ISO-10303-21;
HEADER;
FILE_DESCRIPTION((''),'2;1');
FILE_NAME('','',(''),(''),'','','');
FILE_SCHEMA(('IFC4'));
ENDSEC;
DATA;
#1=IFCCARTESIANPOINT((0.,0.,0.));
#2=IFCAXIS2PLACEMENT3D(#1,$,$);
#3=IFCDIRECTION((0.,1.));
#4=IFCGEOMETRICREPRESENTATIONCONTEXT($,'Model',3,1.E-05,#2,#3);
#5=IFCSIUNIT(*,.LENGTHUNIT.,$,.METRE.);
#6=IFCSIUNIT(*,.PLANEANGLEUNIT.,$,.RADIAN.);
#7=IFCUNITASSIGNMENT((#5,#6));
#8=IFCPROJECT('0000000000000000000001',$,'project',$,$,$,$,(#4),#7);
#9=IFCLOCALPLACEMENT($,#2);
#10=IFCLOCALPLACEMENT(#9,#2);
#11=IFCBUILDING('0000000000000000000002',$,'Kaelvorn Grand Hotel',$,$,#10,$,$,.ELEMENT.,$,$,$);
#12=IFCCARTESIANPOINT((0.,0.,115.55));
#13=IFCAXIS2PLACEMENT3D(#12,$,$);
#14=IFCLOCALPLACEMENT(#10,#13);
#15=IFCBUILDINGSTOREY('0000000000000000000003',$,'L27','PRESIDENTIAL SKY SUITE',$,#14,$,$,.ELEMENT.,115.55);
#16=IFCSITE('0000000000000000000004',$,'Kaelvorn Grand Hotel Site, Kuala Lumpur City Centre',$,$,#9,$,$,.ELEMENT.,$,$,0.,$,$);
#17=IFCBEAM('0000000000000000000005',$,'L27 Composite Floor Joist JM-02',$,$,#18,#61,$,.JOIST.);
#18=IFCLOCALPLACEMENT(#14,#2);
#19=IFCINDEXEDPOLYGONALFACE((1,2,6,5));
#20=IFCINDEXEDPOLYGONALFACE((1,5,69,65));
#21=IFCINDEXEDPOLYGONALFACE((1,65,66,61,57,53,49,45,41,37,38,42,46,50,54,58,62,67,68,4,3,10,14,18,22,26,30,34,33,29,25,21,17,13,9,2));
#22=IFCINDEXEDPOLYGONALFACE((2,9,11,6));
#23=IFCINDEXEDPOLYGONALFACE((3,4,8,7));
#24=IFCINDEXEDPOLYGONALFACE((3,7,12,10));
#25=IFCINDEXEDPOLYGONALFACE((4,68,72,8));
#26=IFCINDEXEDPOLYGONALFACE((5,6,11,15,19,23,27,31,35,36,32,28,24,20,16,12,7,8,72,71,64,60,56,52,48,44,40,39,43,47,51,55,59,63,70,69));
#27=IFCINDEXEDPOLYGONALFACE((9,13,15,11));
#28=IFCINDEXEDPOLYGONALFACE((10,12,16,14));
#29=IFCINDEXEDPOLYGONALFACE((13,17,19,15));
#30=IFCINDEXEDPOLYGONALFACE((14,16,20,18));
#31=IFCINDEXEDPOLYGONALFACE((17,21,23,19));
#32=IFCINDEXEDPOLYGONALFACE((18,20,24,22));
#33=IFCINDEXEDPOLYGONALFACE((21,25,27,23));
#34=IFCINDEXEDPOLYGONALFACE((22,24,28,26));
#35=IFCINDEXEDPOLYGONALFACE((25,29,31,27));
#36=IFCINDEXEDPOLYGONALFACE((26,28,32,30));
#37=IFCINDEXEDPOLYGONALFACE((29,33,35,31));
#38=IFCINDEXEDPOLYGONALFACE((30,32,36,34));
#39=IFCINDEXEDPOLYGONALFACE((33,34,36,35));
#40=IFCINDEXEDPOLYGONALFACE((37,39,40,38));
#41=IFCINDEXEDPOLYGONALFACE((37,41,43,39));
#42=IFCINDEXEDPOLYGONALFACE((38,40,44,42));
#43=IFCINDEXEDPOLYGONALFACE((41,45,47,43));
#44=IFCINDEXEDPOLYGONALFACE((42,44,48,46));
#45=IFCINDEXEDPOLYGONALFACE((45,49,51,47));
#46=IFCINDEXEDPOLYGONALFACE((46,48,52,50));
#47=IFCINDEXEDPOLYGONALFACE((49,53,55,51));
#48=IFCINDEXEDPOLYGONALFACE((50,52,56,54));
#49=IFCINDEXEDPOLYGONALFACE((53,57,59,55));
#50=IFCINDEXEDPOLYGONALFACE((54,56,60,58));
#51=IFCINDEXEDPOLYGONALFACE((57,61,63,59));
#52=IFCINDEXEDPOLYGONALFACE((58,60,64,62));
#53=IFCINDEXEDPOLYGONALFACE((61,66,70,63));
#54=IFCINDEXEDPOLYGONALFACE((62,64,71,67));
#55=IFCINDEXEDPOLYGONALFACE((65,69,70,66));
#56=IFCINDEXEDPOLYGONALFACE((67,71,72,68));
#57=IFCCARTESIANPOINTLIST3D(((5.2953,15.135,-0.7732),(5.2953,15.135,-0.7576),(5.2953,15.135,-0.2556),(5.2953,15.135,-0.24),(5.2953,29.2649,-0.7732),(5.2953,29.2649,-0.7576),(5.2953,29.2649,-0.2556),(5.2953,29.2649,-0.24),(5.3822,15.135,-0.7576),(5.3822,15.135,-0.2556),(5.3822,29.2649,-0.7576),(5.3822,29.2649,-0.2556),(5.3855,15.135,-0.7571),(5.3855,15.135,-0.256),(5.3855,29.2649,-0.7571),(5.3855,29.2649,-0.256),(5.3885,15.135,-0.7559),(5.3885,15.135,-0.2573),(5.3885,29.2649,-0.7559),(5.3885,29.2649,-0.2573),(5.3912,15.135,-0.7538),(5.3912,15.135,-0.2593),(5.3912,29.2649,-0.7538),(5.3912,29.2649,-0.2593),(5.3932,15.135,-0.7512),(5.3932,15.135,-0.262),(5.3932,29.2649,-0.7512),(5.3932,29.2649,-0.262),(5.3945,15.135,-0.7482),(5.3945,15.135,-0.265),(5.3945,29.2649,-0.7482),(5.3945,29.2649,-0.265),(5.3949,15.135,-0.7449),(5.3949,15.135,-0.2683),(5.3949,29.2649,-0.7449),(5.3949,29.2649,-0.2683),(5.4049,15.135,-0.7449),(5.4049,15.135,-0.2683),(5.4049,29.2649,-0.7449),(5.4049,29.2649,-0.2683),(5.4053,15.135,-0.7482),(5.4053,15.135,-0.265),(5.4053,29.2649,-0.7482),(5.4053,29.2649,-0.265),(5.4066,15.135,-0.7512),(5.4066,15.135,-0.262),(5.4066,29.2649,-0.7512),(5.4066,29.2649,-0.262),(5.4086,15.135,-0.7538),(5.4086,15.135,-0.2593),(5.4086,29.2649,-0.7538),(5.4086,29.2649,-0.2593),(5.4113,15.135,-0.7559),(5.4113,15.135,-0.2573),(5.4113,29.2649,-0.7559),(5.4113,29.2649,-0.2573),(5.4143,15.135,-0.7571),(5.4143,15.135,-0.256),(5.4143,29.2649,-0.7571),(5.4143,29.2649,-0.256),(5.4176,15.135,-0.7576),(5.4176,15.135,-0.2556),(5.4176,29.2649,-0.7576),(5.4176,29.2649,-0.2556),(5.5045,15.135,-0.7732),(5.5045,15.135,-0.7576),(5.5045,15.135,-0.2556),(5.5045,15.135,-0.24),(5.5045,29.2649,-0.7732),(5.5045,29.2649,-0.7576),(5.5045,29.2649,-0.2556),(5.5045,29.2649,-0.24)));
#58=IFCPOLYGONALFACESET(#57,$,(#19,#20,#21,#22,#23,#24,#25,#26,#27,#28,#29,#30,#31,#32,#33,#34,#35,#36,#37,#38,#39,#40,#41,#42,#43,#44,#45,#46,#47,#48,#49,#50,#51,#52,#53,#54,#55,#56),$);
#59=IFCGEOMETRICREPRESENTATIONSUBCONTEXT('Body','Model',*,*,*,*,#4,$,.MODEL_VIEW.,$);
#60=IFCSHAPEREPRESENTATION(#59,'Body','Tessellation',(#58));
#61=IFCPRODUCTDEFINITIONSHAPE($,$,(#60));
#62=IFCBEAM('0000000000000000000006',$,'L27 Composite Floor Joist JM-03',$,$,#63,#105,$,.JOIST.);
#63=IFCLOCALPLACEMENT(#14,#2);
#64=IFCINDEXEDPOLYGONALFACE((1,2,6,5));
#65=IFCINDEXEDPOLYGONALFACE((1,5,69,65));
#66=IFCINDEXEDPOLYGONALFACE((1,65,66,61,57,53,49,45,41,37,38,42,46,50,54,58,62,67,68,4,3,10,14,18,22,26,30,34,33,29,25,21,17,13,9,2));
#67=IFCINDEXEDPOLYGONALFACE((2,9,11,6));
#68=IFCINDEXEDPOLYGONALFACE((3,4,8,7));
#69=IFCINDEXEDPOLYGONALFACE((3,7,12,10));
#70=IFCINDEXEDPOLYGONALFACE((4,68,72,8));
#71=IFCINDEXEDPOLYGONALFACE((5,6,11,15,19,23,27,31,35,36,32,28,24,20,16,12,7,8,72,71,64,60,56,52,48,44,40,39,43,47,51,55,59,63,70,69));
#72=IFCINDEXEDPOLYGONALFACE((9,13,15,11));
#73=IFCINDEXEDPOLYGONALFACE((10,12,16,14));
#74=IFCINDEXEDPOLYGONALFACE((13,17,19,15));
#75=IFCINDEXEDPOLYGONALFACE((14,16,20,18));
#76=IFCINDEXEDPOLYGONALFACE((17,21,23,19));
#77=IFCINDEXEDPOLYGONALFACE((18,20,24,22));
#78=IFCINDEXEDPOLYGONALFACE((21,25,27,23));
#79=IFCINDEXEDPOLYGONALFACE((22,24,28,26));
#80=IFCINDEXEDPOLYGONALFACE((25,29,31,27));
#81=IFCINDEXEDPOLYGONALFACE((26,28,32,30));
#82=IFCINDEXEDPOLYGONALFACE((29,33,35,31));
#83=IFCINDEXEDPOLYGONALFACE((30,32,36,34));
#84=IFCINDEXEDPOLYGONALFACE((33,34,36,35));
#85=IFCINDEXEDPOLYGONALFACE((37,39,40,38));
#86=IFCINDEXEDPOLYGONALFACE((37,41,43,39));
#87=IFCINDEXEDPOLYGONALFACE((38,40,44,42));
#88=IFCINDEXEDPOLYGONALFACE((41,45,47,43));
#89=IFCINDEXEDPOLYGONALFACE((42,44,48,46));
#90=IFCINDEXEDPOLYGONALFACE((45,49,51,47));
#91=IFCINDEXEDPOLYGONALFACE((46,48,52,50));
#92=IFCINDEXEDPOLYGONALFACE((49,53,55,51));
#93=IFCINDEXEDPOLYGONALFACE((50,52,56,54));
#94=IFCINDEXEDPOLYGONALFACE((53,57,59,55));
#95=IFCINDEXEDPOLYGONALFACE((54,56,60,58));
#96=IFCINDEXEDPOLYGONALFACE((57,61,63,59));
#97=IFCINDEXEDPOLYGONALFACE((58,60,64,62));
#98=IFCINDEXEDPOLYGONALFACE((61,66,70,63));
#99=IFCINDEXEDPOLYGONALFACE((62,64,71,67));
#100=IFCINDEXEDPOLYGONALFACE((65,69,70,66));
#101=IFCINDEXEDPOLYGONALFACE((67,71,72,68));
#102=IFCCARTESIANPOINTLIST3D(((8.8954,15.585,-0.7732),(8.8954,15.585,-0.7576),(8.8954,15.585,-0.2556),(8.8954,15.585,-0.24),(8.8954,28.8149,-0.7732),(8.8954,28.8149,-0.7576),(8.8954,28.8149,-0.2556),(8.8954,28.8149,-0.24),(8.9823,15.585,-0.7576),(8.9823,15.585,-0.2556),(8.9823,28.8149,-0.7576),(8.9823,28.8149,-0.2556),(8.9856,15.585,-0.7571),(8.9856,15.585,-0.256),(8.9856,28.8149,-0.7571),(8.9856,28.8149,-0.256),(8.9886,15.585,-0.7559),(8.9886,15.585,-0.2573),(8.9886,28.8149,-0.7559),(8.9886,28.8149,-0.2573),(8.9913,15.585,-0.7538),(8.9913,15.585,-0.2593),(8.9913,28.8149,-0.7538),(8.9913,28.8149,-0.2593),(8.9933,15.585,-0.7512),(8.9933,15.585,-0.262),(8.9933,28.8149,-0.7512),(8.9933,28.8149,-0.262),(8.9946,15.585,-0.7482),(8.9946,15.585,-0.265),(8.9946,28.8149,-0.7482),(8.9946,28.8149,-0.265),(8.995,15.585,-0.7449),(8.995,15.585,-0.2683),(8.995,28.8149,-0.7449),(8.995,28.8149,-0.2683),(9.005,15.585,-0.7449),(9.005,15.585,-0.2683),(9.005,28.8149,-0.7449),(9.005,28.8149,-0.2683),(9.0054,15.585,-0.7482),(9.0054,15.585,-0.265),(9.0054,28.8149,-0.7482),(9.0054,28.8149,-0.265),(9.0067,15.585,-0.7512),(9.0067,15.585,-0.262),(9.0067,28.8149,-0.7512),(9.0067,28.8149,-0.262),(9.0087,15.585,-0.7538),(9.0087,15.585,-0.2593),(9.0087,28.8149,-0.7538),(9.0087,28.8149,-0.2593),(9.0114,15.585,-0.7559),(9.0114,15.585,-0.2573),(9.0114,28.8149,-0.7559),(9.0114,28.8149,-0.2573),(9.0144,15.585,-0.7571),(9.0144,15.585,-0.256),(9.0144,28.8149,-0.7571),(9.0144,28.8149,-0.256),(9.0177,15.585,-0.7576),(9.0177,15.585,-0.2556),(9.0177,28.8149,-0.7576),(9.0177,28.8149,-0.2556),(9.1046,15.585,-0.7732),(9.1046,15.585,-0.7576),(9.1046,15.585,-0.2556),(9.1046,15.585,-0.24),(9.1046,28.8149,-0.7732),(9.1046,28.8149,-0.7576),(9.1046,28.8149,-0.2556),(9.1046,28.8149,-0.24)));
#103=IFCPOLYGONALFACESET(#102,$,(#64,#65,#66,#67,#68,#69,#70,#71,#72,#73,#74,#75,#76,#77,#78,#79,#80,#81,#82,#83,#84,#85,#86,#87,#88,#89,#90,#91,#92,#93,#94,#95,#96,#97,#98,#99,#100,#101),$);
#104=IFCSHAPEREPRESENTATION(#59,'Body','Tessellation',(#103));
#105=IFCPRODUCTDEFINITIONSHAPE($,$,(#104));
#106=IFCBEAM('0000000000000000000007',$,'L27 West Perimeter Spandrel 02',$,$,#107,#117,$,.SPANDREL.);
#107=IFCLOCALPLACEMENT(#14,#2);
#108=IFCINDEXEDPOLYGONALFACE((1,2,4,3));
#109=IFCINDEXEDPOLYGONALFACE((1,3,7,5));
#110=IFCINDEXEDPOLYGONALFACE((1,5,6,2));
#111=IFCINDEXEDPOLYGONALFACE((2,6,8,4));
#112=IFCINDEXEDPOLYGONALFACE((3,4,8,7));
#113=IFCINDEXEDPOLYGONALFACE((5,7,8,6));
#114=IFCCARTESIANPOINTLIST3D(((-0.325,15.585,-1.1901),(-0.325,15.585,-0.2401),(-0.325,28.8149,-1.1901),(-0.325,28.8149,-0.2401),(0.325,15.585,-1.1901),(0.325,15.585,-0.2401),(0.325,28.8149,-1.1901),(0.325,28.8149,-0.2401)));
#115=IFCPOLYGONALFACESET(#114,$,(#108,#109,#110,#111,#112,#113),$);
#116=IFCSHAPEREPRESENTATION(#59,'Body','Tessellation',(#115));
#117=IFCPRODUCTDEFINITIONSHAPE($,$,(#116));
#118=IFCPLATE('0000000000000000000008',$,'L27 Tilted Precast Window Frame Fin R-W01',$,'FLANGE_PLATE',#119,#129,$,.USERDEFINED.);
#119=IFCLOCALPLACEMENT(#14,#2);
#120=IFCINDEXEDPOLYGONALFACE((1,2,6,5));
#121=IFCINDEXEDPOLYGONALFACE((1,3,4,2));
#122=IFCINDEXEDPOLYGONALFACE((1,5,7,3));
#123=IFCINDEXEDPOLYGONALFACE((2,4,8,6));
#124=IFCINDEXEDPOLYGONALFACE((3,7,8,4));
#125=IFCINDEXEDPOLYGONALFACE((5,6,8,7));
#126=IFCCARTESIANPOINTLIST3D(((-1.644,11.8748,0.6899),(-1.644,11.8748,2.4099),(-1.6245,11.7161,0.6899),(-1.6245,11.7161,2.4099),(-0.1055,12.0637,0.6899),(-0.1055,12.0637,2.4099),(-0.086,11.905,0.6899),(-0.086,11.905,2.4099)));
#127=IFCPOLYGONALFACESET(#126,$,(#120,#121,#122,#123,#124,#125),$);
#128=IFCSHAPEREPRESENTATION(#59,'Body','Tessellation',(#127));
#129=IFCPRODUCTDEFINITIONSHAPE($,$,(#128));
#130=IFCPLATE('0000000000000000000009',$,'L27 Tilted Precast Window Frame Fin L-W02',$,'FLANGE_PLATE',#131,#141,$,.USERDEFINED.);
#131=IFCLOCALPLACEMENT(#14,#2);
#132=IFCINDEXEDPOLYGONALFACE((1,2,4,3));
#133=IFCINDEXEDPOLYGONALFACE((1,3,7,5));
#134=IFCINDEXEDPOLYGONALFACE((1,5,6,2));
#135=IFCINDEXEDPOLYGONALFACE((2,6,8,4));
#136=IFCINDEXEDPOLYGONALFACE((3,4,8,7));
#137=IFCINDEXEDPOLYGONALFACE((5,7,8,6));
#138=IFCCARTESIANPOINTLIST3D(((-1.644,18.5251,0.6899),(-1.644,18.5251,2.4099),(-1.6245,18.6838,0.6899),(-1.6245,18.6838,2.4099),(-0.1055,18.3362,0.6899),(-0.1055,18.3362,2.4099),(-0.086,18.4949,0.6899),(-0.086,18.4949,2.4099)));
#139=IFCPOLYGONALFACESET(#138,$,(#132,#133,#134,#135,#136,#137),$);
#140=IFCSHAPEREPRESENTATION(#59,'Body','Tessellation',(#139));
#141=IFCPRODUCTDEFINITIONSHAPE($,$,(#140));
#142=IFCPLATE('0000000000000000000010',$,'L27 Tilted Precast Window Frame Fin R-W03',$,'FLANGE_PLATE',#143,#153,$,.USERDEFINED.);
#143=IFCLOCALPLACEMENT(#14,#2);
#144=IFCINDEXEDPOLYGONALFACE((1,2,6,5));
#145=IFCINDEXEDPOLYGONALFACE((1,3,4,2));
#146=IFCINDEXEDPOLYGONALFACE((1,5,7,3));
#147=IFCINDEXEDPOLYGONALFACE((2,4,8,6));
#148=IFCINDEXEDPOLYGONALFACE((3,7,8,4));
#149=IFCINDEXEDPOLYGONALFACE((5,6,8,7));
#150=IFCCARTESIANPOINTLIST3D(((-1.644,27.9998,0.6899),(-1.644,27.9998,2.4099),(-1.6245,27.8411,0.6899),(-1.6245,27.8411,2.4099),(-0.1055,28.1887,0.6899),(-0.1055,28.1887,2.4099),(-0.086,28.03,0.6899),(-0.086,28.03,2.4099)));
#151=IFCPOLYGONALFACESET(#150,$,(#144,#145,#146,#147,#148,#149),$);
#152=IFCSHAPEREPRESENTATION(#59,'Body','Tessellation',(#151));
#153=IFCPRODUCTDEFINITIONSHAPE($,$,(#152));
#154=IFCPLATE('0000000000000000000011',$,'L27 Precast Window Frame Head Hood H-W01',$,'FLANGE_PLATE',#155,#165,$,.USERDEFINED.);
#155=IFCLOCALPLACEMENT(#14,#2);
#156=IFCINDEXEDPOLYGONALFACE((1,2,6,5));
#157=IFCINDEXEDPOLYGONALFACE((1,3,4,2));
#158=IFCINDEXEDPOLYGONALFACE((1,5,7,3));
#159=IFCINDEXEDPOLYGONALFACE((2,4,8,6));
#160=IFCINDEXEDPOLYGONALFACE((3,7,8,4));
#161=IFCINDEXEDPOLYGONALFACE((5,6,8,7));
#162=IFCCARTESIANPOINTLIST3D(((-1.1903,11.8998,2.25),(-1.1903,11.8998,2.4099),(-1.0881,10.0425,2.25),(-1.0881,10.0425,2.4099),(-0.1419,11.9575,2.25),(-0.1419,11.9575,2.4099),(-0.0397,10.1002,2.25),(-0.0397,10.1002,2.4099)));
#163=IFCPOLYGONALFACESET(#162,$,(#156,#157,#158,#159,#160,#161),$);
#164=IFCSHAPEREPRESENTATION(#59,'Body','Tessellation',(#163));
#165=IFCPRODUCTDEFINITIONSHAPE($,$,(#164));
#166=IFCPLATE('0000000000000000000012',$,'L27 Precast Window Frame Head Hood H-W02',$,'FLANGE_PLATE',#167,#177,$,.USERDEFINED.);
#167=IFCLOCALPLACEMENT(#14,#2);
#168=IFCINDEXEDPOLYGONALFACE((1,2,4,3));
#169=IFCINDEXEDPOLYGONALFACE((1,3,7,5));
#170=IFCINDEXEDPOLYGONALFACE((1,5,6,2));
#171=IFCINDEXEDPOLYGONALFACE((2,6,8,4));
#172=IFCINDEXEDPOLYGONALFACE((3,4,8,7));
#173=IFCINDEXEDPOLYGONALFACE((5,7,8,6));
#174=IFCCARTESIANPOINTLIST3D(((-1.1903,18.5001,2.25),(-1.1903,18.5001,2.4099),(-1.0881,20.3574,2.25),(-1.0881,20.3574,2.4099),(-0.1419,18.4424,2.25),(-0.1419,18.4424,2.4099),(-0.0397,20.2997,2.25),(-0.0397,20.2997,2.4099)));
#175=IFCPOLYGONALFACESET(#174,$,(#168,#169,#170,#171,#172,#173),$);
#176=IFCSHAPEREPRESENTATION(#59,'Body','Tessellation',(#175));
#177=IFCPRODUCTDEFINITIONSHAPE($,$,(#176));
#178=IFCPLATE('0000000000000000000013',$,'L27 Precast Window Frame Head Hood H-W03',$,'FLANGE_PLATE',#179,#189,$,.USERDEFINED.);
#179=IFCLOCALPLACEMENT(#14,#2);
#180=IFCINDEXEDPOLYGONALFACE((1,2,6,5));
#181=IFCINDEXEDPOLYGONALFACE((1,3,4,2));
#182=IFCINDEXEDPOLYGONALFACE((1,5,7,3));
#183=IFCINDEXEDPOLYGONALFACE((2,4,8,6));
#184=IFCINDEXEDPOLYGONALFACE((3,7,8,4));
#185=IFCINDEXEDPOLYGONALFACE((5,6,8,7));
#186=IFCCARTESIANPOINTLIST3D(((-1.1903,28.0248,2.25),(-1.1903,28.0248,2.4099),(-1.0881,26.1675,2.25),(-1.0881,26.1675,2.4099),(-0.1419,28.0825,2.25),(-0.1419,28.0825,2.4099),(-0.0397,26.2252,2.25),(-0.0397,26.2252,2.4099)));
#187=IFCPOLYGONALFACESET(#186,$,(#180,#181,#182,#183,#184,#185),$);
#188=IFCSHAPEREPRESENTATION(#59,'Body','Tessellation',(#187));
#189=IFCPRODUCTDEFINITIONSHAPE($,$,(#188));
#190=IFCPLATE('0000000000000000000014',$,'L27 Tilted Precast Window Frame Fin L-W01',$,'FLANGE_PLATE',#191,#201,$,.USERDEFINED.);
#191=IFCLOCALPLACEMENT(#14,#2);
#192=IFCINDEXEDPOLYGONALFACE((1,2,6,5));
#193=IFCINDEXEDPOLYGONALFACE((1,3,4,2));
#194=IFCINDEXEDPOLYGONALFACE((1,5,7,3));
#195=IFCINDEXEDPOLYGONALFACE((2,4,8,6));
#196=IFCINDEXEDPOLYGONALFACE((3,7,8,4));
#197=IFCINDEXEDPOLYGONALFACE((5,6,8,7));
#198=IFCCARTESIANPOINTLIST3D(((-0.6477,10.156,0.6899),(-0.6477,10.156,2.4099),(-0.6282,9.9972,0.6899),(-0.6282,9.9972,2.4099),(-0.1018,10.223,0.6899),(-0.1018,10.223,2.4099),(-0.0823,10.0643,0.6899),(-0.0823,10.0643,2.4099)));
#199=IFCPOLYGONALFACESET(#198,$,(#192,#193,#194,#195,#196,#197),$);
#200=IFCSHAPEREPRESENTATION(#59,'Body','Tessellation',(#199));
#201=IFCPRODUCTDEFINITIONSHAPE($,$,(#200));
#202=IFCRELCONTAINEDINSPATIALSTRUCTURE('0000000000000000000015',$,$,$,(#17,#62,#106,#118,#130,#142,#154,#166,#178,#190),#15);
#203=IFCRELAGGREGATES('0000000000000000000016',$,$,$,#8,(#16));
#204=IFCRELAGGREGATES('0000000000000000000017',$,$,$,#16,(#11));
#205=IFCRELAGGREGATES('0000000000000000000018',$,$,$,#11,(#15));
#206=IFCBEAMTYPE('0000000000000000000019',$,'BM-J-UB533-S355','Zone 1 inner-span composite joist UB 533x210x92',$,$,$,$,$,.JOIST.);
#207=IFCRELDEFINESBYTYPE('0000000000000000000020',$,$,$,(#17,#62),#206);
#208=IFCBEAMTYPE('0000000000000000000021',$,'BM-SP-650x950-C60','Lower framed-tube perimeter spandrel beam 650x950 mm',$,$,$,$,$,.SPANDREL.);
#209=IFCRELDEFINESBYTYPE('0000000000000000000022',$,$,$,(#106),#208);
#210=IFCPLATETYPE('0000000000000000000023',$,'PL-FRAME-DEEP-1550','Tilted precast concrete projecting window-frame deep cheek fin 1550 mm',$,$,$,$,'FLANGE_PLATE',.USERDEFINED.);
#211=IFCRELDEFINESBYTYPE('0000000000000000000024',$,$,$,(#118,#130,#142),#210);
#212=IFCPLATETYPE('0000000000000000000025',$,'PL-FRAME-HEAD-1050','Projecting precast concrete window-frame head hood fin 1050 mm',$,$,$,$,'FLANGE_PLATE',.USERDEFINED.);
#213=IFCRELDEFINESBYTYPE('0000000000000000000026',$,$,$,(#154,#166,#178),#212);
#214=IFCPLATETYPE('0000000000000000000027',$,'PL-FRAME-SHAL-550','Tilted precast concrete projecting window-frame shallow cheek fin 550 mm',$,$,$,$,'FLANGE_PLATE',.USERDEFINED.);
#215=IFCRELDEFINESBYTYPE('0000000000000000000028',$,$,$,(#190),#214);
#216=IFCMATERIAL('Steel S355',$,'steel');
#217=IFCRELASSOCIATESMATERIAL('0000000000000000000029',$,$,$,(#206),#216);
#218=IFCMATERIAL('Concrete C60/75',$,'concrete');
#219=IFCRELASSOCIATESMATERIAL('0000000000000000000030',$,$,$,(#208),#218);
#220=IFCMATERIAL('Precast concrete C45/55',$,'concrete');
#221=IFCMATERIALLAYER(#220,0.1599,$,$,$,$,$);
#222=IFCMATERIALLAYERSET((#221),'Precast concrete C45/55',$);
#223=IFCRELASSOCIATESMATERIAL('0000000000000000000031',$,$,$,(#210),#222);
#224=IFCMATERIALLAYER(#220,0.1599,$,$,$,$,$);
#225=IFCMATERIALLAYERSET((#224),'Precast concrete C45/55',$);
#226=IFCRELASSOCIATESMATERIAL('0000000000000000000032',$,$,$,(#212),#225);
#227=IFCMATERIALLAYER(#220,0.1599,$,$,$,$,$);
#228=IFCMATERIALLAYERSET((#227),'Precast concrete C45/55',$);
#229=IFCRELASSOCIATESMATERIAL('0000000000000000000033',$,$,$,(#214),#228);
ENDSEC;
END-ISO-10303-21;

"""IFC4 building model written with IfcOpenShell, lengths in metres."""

from ifc_helpers import new_model, si_unit, direction, frame, origin, origin_2d, place, context, subcontext, project, spatial, rectangle, i_section, extrude, material, layer, layer_set, material_profile, profile_set, type_object, element, save


model = new_model("IFC4")

# Units and contexts
model_context = context("Model", 3, precision=1e-05, world=origin(), true_north=direction((0.0, 1.0)))
body_context = subcontext(model_context, "Body", "Model", "MODEL_VIEW")
ifc_project = project(units=[si_unit("LENGTHUNIT", "METRE"), si_unit("PLANEANGLEUNIT", "RADIAN")], contexts=[model_context])

# Site, building, storey
site_placement = place(None, origin())
site = spatial("IfcSite", under=ifc_project, at=site_placement, Name="Kaelvorn Grand Hotel Site, Kuala Lumpur City Centre", CompositionType="ELEMENT", RefElevation=0.0)
building_placement = place(site_placement, origin())
building = spatial("IfcBuilding", under=site, at=building_placement, Name="Kaelvorn Grand Hotel", CompositionType="ELEMENT")
storey_placement = place(building_placement, frame((0.0, 0.0, 115.55)))
storey = spatial("IfcBuildingStorey", under=building, at=storey_placement, Name="L27", Description="PRESIDENTIAL SKY SUITE", CompositionType="ELEMENT", Elevation=115.55)

# Shared definitions
ifc_material_1 = material(Name="Concrete C60/75", Category="concrete")

# Beams
ifc_material_2 = material(Name="Steel S355", Category="steel")
ifc_material_profile_1 = material_profile(ifc_material_2, i_section(OverallWidth=0.2092, OverallDepth=0.5332, WebThickness=0.01, FlangeThickness=0.0156, FilletRadius=0.0127, at=origin_2d()), Name="UB 533x210x92")
ifc_profile_set_1 = profile_set([ifc_material_profile_1], Name="Steel S355")
beam_type_1 = type_object("IfcBeamType", Name="BM-J-UB533-S355", Description="Zone 1 inner-span composite joist UB 533x210x92", PredefinedType="JOIST", material=ifc_profile_set_1)
beam_1_placement = place(storey_placement, frame((5.3999, 15.135, -0.5066), z_axis=(0.0, 1.0, 0.0), x_axis=(-1.0, 0.0, 0.0)))
element("IfcBeam", 1, at=beam_1_placement, inside=storey, type_object=beam_type_1, Name="L27 Composite Floor Joist JM-02", PredefinedType="JOIST", context=body_context, shape_type="SweptSolid", body=[
    extrude(i_section(OverallWidth=0.2092, OverallDepth=0.5332, WebThickness=0.01, FlangeThickness=0.0156, FilletRadius=0.0127, at=origin_2d()), origin(), (0.0, 0.0, 1.0), 14.1299),
])
beam_2_placement = place(storey_placement, frame((9.0, 15.585, -0.5066), z_axis=(0.0, 1.0, 0.0), x_axis=(-1.0, 0.0, 0.0)))
element("IfcBeam", 2, at=beam_2_placement, inside=storey, type_object=beam_type_1, Name="L27 Composite Floor Joist JM-03", PredefinedType="JOIST", context=body_context, shape_type="SweptSolid", body=[
    extrude(i_section(OverallWidth=0.2092, OverallDepth=0.5332, WebThickness=0.01, FlangeThickness=0.0156, FilletRadius=0.0127, at=origin_2d()), origin(), (0.0, 0.0, 1.0), 13.23),
])
ifc_material_profile_2 = material_profile(ifc_material_1, rectangle(XDim=0.6499, YDim=0.95, at=origin_2d()), Name="RC SPANDREL 650x950")
ifc_profile_set_2 = profile_set([ifc_material_profile_2], Name="Concrete C60/75")
beam_type_2 = type_object("IfcBeamType", Name="BM-SP-650x950-C60", Description="Lower framed-tube perimeter spandrel beam 650x950 mm", PredefinedType="SPANDREL", material=ifc_profile_set_2)
beam_3_placement = place(storey_placement, frame((0.0, 15.585, -0.7151), z_axis=(0.0, 1.0, 0.0), x_axis=(-1.0, 0.0, 0.0)))
element("IfcBeam", 3, at=beam_3_placement, inside=storey, type_object=beam_type_2, Name="L27 West Perimeter Spandrel 02", PredefinedType="SPANDREL", context=body_context, shape_type="SweptSolid", body=[
    extrude(rectangle(XDim=0.6499, YDim=0.95, at=origin_2d()), origin(), (0.0, 0.0, 1.0), 13.23),
])

# Plates
ifc_material_3 = material(Name="Precast concrete C45/55", Category="concrete")
ifc_layer_1 = layer(ifc_material_3, 0.1599)
ifc_layer_set_1 = layer_set([ifc_layer_1], Name="Precast concrete C45/55")
plate_type_1 = type_object("IfcPlateType", Name="PL-FRAME-DEEP-1550", Description="Tilted precast concrete projecting window-frame deep cheek fin 1550 mm", ElementType="FLANGE_PLATE", PredefinedType="USERDEFINED", material=ifc_layer_set_1)
for number, where, z_axis, x_axis, name in (
    (4, (-0.865, 11.8899, 0.6899), (0.0, 0.0, 1.0), (-0.121869, 0.992546, 0.0), "L27 Tilted Precast Window Frame Fin R-W01"),
    (5, (-0.865, 18.51, 0.6899), (0.0, 0.0, 1.0), (0.121869, 0.992546, 0.0), "L27 Tilted Precast Window Frame Fin L-W02"),
    (6, (-0.865, 28.0149, 0.6899), (0.0, 0.0, 1.0), (-0.121869, 0.992546, 0.0), "L27 Tilted Precast Window Frame Fin R-W03"),
):
    element("IfcPlate", number, at=place(storey_placement, frame(where, z_axis=z_axis, x_axis=x_axis)), inside=storey, type_object=plate_type_1, Name=name, ObjectType="FLANGE_PLATE", PredefinedType="USERDEFINED", context=body_context, shape_type="SweptSolid", body=[
        extrude(rectangle(XDim=0.1599, YDim=1.55, at=origin_2d()), origin(), (0.0, 0.0, 1.0), 1.72),
    ])
ifc_layer_2 = layer(ifc_material_3, 0.1599)
ifc_layer_set_2 = layer_set([ifc_layer_2], Name="Precast concrete C45/55")
plate_type_2 = type_object("IfcPlateType", Name="PL-FRAME-HEAD-1050", Description="Projecting precast concrete window-frame head hood fin 1050 mm", ElementType="FLANGE_PLATE", PredefinedType="USERDEFINED", material=ifc_layer_set_2)
for number, where, z_axis, x_axis, name in (
    (7, (-0.615, 11.0, 2.25), (0.0, 0.0, 1.0), (-0.05495, 0.998489, 0.0), "L27 Precast Window Frame Head Hood H-W01"),
    (8, (-0.615, 19.3999, 2.25), (0.0, 0.0, 1.0), (0.05495, 0.998489, 0.0), "L27 Precast Window Frame Head Hood H-W02"),
    (9, (-0.615, 27.125, 2.25), (0.0, 0.0, 1.0), (-0.05495, 0.998489, 0.0), "L27 Precast Window Frame Head Hood H-W03"),
):
    element("IfcPlate", number, at=place(storey_placement, frame(where, z_axis=z_axis, x_axis=x_axis)), inside=storey, type_object=plate_type_2, Name=name, ObjectType="FLANGE_PLATE", PredefinedType="USERDEFINED", context=body_context, shape_type="SweptSolid", body=[
        extrude(rectangle(XDim=1.8601, YDim=1.05, at=origin_2d()), origin(), (0.0, 0.0, 1.0), 0.1599),
    ])
ifc_layer_3 = layer(ifc_material_3, 0.1599)
ifc_layer_set_3 = layer_set([ifc_layer_3], Name="Precast concrete C45/55")
plate_type_3 = type_object("IfcPlateType", Name="PL-FRAME-SHAL-550", Description="Tilted precast concrete projecting window-frame shallow cheek fin 550 mm", ElementType="FLANGE_PLATE", PredefinedType="USERDEFINED", material=ifc_layer_set_3)
for number, where, z_axis, x_axis, name in (
    (10, (-0.365, 10.1101, 0.6899), (0.0, 0.0, 1.0), (-0.121869, 0.992546, 0.0), "L27 Tilted Precast Window Frame Fin L-W01"),
):
    element("IfcPlate", number, at=place(storey_placement, frame(where, z_axis=z_axis, x_axis=x_axis)), inside=storey, type_object=plate_type_3, Name=name, ObjectType="FLANGE_PLATE", PredefinedType="USERDEFINED", context=body_context, shape_type="SweptSolid", body=[
        extrude(rectangle(XDim=0.1599, YDim=0.55, at=origin_2d()), origin(), (0.0, 0.0, 1.0), 1.72),
    ])

save(model, "model.ifc")
